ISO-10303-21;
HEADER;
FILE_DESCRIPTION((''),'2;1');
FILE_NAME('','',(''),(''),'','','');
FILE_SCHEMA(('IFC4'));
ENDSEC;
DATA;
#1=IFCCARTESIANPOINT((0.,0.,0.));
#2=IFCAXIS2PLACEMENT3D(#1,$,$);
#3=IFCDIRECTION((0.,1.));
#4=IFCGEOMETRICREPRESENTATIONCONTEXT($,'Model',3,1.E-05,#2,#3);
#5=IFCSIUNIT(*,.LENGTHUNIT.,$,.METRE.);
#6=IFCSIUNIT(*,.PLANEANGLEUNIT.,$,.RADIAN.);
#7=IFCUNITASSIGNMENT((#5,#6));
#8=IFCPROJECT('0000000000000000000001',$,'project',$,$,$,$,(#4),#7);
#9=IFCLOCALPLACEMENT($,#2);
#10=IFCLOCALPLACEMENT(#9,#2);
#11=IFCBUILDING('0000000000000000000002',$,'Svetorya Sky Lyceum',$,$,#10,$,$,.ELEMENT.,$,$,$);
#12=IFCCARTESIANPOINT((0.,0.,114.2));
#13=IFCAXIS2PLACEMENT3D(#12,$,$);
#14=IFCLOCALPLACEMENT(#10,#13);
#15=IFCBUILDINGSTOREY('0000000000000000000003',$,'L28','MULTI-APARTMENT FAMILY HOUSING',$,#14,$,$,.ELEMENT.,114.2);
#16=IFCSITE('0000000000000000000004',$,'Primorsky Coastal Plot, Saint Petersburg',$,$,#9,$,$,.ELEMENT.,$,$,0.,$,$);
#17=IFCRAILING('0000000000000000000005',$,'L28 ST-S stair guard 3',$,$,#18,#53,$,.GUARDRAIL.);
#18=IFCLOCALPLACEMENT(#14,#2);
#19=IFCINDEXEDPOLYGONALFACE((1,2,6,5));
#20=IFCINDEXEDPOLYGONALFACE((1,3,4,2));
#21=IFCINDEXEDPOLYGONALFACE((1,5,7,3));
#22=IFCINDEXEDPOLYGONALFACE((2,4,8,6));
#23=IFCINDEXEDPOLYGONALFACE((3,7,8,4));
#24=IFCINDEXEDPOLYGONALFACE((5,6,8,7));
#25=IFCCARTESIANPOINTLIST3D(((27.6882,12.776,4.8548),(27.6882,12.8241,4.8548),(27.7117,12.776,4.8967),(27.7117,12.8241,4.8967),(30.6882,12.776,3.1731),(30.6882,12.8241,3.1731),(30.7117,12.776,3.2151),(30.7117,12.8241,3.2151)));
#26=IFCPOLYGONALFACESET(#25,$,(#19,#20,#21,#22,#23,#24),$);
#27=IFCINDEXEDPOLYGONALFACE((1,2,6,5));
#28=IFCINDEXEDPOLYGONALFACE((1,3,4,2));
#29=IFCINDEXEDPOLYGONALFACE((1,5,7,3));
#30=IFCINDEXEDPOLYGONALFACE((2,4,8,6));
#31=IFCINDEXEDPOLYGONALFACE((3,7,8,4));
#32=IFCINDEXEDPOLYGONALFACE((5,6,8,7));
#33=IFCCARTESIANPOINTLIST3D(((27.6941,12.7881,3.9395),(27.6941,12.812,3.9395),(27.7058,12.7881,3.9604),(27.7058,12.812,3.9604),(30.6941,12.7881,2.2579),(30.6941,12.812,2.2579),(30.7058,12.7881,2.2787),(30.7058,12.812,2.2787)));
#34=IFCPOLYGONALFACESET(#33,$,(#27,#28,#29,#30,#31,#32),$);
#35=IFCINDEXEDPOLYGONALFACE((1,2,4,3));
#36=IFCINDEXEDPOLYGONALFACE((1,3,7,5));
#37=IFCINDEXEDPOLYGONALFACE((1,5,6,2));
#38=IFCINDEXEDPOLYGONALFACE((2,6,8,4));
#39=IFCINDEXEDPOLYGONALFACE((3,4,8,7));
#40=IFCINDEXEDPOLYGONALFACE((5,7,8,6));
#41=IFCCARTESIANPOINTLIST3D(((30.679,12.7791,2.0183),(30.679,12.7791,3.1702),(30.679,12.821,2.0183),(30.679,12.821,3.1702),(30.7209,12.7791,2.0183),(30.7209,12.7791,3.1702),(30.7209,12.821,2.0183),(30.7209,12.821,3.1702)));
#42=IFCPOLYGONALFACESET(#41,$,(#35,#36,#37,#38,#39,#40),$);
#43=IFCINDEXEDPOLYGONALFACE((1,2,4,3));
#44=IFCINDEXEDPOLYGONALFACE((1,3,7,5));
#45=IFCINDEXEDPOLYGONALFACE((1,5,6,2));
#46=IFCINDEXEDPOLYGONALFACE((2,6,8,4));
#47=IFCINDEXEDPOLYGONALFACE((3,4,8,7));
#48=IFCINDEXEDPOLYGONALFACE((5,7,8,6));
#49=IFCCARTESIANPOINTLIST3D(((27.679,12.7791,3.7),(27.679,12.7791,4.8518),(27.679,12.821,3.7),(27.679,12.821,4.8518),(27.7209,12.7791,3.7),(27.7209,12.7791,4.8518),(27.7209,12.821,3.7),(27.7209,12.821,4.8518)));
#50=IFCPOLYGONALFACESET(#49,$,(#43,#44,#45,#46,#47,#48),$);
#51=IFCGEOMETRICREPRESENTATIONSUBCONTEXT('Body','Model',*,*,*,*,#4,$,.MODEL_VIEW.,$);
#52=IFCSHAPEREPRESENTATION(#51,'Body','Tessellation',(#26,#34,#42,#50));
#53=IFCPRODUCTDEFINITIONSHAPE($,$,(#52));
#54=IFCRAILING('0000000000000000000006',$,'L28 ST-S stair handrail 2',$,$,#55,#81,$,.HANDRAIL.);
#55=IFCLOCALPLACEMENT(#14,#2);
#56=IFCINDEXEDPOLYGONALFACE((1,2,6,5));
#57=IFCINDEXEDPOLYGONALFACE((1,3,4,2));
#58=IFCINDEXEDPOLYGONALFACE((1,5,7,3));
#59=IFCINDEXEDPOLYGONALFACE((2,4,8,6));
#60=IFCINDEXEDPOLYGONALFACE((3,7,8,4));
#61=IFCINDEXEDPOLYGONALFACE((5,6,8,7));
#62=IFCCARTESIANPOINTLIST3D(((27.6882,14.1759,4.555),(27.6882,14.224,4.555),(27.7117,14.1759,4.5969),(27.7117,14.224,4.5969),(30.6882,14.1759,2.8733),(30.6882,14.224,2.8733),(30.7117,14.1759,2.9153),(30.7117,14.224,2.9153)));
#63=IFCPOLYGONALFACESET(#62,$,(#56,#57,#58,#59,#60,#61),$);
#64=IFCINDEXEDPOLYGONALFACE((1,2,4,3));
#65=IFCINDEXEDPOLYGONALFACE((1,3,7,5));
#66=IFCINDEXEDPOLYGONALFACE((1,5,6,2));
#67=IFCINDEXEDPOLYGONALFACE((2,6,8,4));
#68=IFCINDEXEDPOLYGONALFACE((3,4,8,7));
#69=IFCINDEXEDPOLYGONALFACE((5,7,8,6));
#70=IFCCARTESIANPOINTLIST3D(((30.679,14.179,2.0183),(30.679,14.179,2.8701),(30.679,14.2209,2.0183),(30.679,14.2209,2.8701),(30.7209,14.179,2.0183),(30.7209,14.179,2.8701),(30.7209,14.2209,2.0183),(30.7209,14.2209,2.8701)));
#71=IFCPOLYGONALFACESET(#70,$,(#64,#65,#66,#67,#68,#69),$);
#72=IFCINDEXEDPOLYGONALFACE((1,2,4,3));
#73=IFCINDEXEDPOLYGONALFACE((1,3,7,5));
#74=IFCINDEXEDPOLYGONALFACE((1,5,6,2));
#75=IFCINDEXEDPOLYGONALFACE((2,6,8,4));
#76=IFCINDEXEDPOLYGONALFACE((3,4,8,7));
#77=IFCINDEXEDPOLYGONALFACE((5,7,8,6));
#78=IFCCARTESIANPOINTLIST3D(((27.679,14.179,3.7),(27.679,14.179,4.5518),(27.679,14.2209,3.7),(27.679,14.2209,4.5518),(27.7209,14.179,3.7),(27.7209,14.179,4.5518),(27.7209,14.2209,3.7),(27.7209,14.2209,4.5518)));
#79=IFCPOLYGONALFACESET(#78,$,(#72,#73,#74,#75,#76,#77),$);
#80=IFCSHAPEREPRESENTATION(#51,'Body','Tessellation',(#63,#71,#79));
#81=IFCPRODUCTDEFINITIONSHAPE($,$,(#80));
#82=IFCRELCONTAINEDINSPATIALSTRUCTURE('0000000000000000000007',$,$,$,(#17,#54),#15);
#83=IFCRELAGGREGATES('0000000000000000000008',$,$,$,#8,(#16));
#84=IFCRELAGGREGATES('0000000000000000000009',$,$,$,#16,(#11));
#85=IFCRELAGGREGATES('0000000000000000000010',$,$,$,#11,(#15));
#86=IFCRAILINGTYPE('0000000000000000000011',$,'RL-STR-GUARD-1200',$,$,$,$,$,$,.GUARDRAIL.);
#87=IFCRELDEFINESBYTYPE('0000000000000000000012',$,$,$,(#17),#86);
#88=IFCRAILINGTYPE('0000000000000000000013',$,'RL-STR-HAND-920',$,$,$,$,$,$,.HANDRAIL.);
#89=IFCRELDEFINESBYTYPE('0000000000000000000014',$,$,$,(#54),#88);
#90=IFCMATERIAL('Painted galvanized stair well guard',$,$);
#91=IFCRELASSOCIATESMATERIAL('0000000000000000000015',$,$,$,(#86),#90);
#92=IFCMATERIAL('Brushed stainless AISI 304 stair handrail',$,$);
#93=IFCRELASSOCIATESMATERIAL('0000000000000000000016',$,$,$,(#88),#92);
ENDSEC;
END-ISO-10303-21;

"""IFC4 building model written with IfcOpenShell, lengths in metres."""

from ifc_helpers import new_model, si_unit, direction, frame, origin, origin_2d, place, context, subcontext, project, spatial, rectangle, extrude, material, type_object, element, save


model = new_model("IFC4")

# Units and contexts
model_context = context("Model", 3, precision=1e-05, world=origin(), true_north=direction((0.0, 1.0)))
body_context = subcontext(model_context, "Body", "Model", "MODEL_VIEW")
ifc_project = project(units=[si_unit("LENGTHUNIT", "METRE"), si_unit("PLANEANGLEUNIT", "RADIAN")], contexts=[model_context])

# Site, building, storey
site_placement = place(None, origin())
site = spatial("IfcSite", under=ifc_project, at=site_placement, Name="Primorsky Coastal Plot, Saint Petersburg", CompositionType="ELEMENT", RefElevation=0.0)
building_placement = place(site_placement, origin())
building = spatial("IfcBuilding", under=site, at=building_placement, Name="Svetorya Sky Lyceum", CompositionType="ELEMENT")
storey_placement = place(building_placement, frame((0.0, 0.0, 114.2)))
storey = spatial("IfcBuildingStorey", under=building, at=storey_placement, Name="L28", Description="MULTI-APARTMENT FAMILY HOUSING", CompositionType="ELEMENT", Elevation=114.2)

# Railings
ifc_material_1 = material(Name="Painted galvanized stair well guard")
railing_type_1 = type_object("IfcRailingType", Name="RL-STR-GUARD-1200", PredefinedType="GUARDRAIL", material=ifc_material_1)
railing_1_placement = place(storey_placement, frame((30.7, 12.8, 2.0183)))
element("IfcRailing", 1, at=railing_1_placement, inside=storey, type_object=railing_type_1, Name="L28 ST-S stair guard 3", PredefinedType="GUARDRAIL", context=body_context, shape_type="SweptSolid", body=[
    extrude(rectangle(XDim=0.0481, YDim=0.0481, at=origin_2d()), frame((0.0, 0.0, 1.1758), z_axis=(-0.872303, 0.0, 0.488966), x_axis=(0.0, -1.0, 0.0)), (0.0, 0.0, 1.0), 3.4392),
    extrude(rectangle(XDim=0.0239, YDim=0.0239, at=origin_2d()), frame((0.0, 0.0, 0.25), z_axis=(-0.872303, 0.0, 0.488966), x_axis=(0.0, -1.0, 0.0)), (0.0, 0.0, 1.0), 3.4392),
    extrude(rectangle(XDim=0.042, YDim=0.042, at=origin_2d()), origin(), (0.0, 0.0, 1.0), 1.1519),
    extrude(rectangle(XDim=0.042, YDim=0.042, at=origin_2d()), frame((-3.0, 0.0, 1.6816)), (0.0, 0.0, 1.0), 1.1519),
])
ifc_material_2 = material(Name="Brushed stainless AISI 304 stair handrail")
railing_type_2 = type_object("IfcRailingType", Name="RL-STR-HAND-920", PredefinedType="HANDRAIL", material=ifc_material_2)
railing_2_placement = place(storey_placement, frame((30.7, 14.2, 2.0183)))
element("IfcRailing", 2, at=railing_2_placement, inside=storey, type_object=railing_type_2, Name="L28 ST-S stair handrail 2", PredefinedType="HANDRAIL", context=body_context, shape_type="SweptSolid", body=[
    extrude(rectangle(XDim=0.0481, YDim=0.0481, at=origin_2d()), frame((0.0, 0.0, 0.876), z_axis=(-0.872303, 0.0, 0.488966), x_axis=(0.0, -1.0, 0.0)), (0.0, 0.0, 1.0), 3.4392),
    extrude(rectangle(XDim=0.042, YDim=0.042, at=origin_2d()), origin(), (0.0, 0.0, 1.0), 0.8518),
    extrude(rectangle(XDim=0.042, YDim=0.042, at=origin_2d()), frame((-3.0, 0.0, 1.6816)), (0.0, 0.0, 1.0), 0.8518),
])

save(model, "model.ifc")
